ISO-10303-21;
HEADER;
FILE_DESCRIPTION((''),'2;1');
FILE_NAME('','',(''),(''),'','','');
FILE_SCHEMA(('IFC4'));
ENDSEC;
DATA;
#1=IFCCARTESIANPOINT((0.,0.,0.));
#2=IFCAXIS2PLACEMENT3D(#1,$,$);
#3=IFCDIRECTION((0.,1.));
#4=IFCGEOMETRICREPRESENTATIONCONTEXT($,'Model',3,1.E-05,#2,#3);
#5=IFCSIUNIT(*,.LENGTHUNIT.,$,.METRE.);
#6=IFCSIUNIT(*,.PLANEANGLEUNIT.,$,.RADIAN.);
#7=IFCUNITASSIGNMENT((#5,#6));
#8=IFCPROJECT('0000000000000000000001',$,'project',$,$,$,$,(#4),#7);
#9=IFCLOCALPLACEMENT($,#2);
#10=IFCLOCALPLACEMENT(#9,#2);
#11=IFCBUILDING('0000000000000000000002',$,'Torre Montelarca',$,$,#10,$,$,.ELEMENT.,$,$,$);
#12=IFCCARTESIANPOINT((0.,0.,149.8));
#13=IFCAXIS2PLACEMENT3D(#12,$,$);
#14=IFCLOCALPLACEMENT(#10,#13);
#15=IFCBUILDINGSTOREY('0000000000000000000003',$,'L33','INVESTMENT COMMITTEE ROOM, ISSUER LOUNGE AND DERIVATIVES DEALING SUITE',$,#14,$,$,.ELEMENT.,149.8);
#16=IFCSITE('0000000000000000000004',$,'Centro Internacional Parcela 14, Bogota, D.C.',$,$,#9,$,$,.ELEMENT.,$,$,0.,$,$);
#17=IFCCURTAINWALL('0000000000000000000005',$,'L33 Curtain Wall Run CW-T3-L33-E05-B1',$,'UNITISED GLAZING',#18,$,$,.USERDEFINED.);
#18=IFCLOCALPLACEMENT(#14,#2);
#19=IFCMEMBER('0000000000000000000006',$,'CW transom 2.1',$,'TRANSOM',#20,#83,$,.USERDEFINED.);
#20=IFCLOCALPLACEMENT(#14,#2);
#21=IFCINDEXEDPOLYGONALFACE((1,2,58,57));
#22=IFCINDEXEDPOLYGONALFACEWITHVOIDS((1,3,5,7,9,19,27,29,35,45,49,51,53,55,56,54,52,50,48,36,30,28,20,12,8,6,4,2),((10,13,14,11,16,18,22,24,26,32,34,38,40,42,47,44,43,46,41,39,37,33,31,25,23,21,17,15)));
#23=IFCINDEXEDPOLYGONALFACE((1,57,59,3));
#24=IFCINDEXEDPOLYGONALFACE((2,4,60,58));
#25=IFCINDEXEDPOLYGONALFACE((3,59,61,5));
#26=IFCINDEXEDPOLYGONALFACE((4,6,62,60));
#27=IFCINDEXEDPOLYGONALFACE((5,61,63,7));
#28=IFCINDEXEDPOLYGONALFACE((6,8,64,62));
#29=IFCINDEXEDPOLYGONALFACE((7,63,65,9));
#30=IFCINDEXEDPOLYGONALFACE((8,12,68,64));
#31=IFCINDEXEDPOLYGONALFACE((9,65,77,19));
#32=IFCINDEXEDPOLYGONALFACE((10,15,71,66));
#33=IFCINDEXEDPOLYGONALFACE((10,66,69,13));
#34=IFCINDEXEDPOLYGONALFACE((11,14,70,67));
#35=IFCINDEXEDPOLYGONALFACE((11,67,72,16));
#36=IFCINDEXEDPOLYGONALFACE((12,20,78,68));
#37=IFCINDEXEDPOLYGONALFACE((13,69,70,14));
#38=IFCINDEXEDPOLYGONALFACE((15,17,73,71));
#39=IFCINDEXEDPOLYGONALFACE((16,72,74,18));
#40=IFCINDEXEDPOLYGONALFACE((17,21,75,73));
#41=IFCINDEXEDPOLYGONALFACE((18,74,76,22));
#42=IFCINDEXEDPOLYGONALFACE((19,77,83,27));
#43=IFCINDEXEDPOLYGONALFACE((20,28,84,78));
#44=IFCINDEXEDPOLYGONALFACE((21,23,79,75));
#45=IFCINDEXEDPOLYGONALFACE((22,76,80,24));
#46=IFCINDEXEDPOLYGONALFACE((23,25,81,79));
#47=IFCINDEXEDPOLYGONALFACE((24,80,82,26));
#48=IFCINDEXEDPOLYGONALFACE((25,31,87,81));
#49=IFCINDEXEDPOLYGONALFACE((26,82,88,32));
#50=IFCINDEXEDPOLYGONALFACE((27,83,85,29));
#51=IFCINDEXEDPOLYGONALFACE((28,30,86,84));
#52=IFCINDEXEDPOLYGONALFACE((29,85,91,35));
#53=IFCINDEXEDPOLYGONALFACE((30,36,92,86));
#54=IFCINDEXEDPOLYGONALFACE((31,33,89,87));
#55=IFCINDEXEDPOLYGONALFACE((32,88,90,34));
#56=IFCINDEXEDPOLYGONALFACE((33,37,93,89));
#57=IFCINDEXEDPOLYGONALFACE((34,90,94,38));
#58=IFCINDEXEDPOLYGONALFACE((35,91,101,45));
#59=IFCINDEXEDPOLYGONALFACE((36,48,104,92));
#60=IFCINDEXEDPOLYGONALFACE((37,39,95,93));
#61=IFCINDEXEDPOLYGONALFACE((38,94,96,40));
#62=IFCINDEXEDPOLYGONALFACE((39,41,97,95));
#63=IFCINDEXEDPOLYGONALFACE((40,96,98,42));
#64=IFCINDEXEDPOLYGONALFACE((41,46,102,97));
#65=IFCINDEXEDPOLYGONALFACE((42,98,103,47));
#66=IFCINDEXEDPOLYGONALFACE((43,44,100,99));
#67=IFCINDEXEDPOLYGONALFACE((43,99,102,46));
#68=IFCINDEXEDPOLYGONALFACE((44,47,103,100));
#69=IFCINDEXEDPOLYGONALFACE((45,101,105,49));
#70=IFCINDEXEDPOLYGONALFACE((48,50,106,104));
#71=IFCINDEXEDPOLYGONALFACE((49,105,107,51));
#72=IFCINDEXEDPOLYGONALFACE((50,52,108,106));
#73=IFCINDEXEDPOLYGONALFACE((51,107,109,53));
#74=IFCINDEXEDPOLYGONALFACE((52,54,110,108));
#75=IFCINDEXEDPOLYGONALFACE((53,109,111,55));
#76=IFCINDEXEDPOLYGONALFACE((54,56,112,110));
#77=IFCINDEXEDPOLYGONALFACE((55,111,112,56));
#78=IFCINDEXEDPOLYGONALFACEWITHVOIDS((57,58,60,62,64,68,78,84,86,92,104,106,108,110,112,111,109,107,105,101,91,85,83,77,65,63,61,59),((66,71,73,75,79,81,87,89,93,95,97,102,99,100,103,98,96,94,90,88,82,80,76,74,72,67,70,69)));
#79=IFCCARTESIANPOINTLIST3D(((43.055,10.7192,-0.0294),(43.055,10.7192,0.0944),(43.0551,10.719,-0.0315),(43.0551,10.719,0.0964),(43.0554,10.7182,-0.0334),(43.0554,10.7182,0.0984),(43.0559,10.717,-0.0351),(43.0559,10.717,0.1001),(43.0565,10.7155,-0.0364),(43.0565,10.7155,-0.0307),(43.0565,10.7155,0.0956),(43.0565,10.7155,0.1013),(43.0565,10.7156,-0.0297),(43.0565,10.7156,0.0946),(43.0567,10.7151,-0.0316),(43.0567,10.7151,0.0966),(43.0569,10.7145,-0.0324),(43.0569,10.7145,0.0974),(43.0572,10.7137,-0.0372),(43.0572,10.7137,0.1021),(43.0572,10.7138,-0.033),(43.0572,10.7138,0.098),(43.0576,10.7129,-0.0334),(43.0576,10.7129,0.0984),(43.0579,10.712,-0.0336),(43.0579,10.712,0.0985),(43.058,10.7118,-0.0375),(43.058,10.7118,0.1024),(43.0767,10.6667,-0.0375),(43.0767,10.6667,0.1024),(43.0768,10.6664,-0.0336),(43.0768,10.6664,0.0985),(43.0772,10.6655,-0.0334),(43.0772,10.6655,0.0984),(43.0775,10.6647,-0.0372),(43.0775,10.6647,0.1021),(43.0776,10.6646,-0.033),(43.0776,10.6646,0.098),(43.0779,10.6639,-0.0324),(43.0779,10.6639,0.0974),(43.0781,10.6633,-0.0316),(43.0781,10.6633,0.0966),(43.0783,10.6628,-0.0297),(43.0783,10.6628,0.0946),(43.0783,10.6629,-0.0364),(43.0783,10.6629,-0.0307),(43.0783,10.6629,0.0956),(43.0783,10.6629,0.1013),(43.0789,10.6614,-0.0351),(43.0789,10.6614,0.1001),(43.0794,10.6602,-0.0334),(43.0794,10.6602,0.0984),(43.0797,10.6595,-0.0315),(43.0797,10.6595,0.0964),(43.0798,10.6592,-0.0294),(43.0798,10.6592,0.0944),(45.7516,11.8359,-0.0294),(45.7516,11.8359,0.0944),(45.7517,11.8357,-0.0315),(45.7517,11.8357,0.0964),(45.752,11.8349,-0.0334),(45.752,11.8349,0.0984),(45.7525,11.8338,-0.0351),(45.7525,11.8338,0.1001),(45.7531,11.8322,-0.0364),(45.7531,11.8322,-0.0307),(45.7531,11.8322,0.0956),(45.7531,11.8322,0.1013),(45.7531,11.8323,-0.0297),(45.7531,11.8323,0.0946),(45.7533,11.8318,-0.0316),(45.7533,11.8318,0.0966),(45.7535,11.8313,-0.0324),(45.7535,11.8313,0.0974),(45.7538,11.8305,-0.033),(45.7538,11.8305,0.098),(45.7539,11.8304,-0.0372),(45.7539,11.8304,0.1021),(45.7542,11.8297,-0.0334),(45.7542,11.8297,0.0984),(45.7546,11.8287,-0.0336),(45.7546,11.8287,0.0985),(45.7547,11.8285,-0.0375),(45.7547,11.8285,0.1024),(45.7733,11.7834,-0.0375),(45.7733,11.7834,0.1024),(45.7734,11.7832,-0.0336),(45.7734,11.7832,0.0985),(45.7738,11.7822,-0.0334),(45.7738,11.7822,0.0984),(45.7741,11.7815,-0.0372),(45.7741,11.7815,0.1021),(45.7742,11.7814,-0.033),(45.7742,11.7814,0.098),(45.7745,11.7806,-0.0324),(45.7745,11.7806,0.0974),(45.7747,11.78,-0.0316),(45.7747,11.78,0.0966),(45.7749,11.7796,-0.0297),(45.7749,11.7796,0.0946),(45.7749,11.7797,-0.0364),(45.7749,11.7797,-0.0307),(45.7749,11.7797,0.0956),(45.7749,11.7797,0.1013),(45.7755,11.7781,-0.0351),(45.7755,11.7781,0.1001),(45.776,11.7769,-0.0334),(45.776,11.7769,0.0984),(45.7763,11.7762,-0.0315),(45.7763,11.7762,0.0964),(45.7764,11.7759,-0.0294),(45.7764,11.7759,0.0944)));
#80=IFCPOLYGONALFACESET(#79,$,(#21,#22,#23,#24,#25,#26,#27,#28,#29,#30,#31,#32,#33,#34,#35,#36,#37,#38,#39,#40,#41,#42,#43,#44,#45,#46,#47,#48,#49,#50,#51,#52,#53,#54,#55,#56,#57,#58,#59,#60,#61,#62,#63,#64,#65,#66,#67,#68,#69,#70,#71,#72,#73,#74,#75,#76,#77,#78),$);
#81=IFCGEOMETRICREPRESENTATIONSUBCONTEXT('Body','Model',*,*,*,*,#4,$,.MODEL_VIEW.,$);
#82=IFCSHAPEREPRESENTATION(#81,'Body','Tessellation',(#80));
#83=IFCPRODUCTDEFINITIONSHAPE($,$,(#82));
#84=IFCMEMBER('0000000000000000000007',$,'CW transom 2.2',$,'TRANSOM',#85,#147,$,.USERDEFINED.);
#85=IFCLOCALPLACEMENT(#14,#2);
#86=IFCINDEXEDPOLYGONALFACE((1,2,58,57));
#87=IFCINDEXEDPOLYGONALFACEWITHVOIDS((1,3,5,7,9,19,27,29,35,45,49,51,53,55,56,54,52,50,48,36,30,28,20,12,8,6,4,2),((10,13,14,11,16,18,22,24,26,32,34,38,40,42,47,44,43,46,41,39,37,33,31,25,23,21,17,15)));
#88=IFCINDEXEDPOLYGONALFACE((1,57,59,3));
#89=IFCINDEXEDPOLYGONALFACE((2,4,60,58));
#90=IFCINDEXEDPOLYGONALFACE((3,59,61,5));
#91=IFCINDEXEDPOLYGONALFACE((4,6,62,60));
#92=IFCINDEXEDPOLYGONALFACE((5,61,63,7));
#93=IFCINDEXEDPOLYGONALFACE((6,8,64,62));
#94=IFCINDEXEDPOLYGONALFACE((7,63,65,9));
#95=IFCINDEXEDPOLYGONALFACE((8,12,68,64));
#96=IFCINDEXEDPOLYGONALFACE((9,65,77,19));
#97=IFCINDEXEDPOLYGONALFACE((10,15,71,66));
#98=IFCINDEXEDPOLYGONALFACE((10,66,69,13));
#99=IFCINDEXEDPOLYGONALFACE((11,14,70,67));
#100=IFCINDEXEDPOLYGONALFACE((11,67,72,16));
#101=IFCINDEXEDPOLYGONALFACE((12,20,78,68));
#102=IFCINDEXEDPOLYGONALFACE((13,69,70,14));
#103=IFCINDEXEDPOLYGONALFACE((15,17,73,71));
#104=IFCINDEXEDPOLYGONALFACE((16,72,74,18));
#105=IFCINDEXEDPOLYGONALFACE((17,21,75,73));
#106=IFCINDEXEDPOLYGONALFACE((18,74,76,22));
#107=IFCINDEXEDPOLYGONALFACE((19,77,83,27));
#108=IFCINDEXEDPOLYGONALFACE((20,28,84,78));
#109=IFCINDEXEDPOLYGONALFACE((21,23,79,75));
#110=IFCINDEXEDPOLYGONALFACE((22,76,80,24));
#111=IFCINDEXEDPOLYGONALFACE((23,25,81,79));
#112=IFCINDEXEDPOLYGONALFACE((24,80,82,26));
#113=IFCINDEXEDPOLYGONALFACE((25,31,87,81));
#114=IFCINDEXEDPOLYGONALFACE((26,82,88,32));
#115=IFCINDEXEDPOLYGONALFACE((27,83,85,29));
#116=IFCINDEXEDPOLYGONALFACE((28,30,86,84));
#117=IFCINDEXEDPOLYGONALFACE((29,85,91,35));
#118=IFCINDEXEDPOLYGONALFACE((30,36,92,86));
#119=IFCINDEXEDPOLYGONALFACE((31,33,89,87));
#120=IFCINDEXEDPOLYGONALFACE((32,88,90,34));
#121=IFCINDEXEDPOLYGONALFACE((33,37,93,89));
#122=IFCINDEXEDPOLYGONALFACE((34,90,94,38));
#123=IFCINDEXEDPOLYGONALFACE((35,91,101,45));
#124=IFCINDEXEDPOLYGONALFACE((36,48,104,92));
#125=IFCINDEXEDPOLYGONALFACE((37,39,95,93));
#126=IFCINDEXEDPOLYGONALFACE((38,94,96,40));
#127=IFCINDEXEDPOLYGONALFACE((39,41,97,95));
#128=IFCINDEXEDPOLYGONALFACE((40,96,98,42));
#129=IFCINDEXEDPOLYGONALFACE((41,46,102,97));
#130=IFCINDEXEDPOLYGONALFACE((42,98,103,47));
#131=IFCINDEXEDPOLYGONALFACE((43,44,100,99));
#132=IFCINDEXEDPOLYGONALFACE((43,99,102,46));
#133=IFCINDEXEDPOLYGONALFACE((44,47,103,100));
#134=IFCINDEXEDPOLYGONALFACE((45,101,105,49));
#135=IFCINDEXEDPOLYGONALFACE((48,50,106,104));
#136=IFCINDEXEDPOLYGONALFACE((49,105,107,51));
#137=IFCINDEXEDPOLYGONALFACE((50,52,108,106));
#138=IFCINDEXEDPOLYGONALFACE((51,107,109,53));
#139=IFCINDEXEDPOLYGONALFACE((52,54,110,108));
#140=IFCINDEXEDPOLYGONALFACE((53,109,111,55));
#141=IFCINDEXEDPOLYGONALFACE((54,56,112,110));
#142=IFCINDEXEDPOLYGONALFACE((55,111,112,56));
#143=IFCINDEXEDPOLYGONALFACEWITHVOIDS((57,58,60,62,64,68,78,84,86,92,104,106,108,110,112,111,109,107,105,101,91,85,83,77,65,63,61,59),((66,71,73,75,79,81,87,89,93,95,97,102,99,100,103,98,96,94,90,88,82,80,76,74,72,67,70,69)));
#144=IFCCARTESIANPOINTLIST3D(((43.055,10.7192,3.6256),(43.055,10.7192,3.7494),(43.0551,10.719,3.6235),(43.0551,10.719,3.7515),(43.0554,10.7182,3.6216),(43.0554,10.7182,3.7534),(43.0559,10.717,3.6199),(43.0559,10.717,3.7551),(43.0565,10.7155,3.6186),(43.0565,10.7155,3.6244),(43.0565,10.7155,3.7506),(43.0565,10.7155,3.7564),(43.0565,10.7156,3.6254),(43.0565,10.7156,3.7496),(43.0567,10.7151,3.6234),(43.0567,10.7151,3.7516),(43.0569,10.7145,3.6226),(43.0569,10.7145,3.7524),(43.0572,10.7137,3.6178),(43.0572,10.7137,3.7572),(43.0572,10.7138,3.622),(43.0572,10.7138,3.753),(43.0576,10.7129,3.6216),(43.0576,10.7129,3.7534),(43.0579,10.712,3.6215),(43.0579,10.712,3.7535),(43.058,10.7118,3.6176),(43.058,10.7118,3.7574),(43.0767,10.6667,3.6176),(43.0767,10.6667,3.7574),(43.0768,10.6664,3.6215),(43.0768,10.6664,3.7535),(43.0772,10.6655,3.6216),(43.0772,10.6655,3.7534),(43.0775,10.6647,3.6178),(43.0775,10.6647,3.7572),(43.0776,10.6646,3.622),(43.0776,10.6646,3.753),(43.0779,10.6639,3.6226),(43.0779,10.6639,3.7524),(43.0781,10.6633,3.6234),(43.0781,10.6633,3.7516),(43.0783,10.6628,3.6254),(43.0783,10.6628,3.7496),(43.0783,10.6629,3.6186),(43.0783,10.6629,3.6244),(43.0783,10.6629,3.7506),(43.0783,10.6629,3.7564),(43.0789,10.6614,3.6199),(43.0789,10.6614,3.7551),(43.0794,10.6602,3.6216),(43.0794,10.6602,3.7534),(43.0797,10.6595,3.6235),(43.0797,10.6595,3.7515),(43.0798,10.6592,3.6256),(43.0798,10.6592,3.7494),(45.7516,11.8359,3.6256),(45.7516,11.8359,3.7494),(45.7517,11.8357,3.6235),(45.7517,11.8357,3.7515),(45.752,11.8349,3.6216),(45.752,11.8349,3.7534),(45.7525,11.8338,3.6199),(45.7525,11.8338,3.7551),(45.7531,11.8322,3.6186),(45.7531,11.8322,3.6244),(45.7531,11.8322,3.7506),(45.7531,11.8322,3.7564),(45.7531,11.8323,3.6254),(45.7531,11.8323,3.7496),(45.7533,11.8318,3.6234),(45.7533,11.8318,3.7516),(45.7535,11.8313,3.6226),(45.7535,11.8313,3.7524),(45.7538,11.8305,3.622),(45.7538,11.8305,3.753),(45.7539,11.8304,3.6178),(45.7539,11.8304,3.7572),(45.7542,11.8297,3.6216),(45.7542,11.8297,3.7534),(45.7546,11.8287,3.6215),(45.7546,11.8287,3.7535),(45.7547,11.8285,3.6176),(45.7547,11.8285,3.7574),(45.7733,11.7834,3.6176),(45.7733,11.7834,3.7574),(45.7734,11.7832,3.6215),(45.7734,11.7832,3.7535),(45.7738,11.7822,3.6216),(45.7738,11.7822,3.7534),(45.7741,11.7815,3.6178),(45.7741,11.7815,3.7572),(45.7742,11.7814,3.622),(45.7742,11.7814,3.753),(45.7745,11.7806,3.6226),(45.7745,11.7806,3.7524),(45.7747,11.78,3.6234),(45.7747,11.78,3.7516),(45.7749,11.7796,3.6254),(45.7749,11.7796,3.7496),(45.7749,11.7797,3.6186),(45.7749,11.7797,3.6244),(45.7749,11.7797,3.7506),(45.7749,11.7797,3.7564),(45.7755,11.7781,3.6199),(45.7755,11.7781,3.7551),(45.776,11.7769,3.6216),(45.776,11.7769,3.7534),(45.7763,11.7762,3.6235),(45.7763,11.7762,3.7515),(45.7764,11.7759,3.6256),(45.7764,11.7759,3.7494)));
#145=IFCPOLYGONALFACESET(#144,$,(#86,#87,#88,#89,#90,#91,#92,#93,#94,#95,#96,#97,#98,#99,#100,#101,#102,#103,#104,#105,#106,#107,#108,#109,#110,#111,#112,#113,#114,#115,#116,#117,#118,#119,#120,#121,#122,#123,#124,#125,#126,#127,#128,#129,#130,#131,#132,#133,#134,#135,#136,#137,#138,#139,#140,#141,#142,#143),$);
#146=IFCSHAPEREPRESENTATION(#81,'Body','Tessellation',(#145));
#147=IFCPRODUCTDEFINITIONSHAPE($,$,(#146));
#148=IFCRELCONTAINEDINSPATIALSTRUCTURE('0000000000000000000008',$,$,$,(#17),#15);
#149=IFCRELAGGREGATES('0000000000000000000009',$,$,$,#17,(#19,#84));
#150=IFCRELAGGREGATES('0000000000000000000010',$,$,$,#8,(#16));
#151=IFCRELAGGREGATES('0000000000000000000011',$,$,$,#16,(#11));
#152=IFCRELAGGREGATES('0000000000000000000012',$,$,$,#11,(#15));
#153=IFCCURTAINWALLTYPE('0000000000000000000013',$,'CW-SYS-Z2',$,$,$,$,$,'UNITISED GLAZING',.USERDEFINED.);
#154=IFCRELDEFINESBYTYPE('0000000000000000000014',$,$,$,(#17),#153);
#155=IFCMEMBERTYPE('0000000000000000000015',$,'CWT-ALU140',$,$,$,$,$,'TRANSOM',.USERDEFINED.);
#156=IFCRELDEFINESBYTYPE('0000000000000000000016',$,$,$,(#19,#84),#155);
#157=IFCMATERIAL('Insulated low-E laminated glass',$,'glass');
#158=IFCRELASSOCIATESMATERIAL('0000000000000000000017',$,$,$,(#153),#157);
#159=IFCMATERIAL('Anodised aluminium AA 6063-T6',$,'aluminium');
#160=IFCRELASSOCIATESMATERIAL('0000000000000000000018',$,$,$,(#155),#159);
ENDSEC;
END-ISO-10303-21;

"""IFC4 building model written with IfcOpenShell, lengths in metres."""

from ifc_helpers import new_model, si_unit, direction, frame, origin, origin_2d, place, context, subcontext, project, spatial, hollow_rectangle, extrude, source, transform, mapped, material, material_profile, profile_set, type_object, element, aggregate, save


model = new_model("IFC4")

# Units and contexts
model_context = context("Model", 3, precision=1e-05, world=origin(), true_north=direction((0.0, 1.0)))
body_context = subcontext(model_context, "Body", "Model", "MODEL_VIEW")
ifc_project = project(units=[si_unit("LENGTHUNIT", "METRE"), si_unit("PLANEANGLEUNIT", "RADIAN")], contexts=[model_context])

# Site, building, storey
site_placement = place(None, origin())
site = spatial("IfcSite", under=ifc_project, at=site_placement, Name="Centro Internacional Parcela 14, Bogota, D.C.", CompositionType="ELEMENT", RefElevation=0.0)
building_placement = place(site_placement, origin())
building = spatial("IfcBuilding", under=site, at=building_placement, Name="Torre Montelarca", CompositionType="ELEMENT")
storey_placement = place(building_placement, frame((0.0, 0.0, 149.8)))
storey = spatial("IfcBuildingStorey", under=building, at=storey_placement, Name="L33", Description="INVESTMENT COMMITTEE ROOM, ISSUER LOUNGE AND DERIVATIVES DEALING SUITE", CompositionType="ELEMENT", Elevation=149.8)

# Curtain wall, members
ifc_material_1 = material(Name="Insulated low-E laminated glass", Category="glass")
curtain_wall_type = type_object("IfcCurtainWallType", Name="CW-SYS-Z2", ElementType="UNITISED GLAZING", PredefinedType="USERDEFINED", material=ifc_material_1)
curtain_wall_1_placement = place(storey_placement, origin())
curtain_wall_1 = element("IfcCurtainWall", 1, at=curtain_wall_1_placement, inside=storey, type_object=curtain_wall_type, Name="L33 Curtain Wall Run CW-T3-L33-E05-B1", ObjectType="UNITISED GLAZING", PredefinedType="USERDEFINED")
ifc_material_2 = material(Name="Anodised aluminium AA 6063-T6", Category="aluminium")
ifc_material_profile_1 = material_profile(ifc_material_2, hollow_rectangle(XDim=0.0649, YDim=0.1399, WallThickness=0.0039, InnerFilletRadius=0.0039, OuterFilletRadius=0.0081, at=origin_2d()), Name="ALU65X140X4", Category="aluminium")
ifc_profile_set_1 = profile_set([ifc_material_profile_1], Name="Anodised aluminium AA 6063-T6")
member_type_1 = type_object("IfcMemberType", Name="CWT-ALU140", ElementType="TRANSOM", PredefinedType="USERDEFINED", material=ifc_profile_set_1)
shared_shape_1 = source(origin(), body_context, "Body", "SweptSolid", [
    extrude(hollow_rectangle(XDim=0.0649, YDim=0.1399, WallThickness=0.0039, InnerFilletRadius=0.0039, OuterFilletRadius=0.0081, at=origin_2d()), origin(), (0.0, 0.0, 1.0), 2.9187),
])
member_1_placement = place(storey_placement, frame((43.0674, 10.6892, 0.0325), z_axis=(0.923909, 0.382613, 0.0), x_axis=(-0.382613, 0.923909, 0.0)))
member_1 = element("IfcMember", 2, at=member_1_placement, type_object=member_type_1, Name="CW transom 2.1", ObjectType="TRANSOM", PredefinedType="USERDEFINED", context=body_context, shape_type="MappedRepresentation", body=[
    mapped(shared_shape_1, transform((0.0, 0.0, 0.0), scale=1.0)),
])
member_2_placement = place(storey_placement, frame((43.0674, 10.6892, 3.6875), z_axis=(0.923909, 0.382613, 0.0), x_axis=(-0.382613, 0.923909, 0.0)))
member_2 = element("IfcMember", 3, at=member_2_placement, type_object=member_type_1, Name="CW transom 2.2", ObjectType="TRANSOM", PredefinedType="USERDEFINED", context=body_context, shape_type="MappedRepresentation", body=[
    mapped(shared_shape_1, transform((0.0, 0.0, 0.0), scale=1.0)),
])

aggregate(curtain_wall_1, [member_1, member_2])

save(model, "model.ifc")
